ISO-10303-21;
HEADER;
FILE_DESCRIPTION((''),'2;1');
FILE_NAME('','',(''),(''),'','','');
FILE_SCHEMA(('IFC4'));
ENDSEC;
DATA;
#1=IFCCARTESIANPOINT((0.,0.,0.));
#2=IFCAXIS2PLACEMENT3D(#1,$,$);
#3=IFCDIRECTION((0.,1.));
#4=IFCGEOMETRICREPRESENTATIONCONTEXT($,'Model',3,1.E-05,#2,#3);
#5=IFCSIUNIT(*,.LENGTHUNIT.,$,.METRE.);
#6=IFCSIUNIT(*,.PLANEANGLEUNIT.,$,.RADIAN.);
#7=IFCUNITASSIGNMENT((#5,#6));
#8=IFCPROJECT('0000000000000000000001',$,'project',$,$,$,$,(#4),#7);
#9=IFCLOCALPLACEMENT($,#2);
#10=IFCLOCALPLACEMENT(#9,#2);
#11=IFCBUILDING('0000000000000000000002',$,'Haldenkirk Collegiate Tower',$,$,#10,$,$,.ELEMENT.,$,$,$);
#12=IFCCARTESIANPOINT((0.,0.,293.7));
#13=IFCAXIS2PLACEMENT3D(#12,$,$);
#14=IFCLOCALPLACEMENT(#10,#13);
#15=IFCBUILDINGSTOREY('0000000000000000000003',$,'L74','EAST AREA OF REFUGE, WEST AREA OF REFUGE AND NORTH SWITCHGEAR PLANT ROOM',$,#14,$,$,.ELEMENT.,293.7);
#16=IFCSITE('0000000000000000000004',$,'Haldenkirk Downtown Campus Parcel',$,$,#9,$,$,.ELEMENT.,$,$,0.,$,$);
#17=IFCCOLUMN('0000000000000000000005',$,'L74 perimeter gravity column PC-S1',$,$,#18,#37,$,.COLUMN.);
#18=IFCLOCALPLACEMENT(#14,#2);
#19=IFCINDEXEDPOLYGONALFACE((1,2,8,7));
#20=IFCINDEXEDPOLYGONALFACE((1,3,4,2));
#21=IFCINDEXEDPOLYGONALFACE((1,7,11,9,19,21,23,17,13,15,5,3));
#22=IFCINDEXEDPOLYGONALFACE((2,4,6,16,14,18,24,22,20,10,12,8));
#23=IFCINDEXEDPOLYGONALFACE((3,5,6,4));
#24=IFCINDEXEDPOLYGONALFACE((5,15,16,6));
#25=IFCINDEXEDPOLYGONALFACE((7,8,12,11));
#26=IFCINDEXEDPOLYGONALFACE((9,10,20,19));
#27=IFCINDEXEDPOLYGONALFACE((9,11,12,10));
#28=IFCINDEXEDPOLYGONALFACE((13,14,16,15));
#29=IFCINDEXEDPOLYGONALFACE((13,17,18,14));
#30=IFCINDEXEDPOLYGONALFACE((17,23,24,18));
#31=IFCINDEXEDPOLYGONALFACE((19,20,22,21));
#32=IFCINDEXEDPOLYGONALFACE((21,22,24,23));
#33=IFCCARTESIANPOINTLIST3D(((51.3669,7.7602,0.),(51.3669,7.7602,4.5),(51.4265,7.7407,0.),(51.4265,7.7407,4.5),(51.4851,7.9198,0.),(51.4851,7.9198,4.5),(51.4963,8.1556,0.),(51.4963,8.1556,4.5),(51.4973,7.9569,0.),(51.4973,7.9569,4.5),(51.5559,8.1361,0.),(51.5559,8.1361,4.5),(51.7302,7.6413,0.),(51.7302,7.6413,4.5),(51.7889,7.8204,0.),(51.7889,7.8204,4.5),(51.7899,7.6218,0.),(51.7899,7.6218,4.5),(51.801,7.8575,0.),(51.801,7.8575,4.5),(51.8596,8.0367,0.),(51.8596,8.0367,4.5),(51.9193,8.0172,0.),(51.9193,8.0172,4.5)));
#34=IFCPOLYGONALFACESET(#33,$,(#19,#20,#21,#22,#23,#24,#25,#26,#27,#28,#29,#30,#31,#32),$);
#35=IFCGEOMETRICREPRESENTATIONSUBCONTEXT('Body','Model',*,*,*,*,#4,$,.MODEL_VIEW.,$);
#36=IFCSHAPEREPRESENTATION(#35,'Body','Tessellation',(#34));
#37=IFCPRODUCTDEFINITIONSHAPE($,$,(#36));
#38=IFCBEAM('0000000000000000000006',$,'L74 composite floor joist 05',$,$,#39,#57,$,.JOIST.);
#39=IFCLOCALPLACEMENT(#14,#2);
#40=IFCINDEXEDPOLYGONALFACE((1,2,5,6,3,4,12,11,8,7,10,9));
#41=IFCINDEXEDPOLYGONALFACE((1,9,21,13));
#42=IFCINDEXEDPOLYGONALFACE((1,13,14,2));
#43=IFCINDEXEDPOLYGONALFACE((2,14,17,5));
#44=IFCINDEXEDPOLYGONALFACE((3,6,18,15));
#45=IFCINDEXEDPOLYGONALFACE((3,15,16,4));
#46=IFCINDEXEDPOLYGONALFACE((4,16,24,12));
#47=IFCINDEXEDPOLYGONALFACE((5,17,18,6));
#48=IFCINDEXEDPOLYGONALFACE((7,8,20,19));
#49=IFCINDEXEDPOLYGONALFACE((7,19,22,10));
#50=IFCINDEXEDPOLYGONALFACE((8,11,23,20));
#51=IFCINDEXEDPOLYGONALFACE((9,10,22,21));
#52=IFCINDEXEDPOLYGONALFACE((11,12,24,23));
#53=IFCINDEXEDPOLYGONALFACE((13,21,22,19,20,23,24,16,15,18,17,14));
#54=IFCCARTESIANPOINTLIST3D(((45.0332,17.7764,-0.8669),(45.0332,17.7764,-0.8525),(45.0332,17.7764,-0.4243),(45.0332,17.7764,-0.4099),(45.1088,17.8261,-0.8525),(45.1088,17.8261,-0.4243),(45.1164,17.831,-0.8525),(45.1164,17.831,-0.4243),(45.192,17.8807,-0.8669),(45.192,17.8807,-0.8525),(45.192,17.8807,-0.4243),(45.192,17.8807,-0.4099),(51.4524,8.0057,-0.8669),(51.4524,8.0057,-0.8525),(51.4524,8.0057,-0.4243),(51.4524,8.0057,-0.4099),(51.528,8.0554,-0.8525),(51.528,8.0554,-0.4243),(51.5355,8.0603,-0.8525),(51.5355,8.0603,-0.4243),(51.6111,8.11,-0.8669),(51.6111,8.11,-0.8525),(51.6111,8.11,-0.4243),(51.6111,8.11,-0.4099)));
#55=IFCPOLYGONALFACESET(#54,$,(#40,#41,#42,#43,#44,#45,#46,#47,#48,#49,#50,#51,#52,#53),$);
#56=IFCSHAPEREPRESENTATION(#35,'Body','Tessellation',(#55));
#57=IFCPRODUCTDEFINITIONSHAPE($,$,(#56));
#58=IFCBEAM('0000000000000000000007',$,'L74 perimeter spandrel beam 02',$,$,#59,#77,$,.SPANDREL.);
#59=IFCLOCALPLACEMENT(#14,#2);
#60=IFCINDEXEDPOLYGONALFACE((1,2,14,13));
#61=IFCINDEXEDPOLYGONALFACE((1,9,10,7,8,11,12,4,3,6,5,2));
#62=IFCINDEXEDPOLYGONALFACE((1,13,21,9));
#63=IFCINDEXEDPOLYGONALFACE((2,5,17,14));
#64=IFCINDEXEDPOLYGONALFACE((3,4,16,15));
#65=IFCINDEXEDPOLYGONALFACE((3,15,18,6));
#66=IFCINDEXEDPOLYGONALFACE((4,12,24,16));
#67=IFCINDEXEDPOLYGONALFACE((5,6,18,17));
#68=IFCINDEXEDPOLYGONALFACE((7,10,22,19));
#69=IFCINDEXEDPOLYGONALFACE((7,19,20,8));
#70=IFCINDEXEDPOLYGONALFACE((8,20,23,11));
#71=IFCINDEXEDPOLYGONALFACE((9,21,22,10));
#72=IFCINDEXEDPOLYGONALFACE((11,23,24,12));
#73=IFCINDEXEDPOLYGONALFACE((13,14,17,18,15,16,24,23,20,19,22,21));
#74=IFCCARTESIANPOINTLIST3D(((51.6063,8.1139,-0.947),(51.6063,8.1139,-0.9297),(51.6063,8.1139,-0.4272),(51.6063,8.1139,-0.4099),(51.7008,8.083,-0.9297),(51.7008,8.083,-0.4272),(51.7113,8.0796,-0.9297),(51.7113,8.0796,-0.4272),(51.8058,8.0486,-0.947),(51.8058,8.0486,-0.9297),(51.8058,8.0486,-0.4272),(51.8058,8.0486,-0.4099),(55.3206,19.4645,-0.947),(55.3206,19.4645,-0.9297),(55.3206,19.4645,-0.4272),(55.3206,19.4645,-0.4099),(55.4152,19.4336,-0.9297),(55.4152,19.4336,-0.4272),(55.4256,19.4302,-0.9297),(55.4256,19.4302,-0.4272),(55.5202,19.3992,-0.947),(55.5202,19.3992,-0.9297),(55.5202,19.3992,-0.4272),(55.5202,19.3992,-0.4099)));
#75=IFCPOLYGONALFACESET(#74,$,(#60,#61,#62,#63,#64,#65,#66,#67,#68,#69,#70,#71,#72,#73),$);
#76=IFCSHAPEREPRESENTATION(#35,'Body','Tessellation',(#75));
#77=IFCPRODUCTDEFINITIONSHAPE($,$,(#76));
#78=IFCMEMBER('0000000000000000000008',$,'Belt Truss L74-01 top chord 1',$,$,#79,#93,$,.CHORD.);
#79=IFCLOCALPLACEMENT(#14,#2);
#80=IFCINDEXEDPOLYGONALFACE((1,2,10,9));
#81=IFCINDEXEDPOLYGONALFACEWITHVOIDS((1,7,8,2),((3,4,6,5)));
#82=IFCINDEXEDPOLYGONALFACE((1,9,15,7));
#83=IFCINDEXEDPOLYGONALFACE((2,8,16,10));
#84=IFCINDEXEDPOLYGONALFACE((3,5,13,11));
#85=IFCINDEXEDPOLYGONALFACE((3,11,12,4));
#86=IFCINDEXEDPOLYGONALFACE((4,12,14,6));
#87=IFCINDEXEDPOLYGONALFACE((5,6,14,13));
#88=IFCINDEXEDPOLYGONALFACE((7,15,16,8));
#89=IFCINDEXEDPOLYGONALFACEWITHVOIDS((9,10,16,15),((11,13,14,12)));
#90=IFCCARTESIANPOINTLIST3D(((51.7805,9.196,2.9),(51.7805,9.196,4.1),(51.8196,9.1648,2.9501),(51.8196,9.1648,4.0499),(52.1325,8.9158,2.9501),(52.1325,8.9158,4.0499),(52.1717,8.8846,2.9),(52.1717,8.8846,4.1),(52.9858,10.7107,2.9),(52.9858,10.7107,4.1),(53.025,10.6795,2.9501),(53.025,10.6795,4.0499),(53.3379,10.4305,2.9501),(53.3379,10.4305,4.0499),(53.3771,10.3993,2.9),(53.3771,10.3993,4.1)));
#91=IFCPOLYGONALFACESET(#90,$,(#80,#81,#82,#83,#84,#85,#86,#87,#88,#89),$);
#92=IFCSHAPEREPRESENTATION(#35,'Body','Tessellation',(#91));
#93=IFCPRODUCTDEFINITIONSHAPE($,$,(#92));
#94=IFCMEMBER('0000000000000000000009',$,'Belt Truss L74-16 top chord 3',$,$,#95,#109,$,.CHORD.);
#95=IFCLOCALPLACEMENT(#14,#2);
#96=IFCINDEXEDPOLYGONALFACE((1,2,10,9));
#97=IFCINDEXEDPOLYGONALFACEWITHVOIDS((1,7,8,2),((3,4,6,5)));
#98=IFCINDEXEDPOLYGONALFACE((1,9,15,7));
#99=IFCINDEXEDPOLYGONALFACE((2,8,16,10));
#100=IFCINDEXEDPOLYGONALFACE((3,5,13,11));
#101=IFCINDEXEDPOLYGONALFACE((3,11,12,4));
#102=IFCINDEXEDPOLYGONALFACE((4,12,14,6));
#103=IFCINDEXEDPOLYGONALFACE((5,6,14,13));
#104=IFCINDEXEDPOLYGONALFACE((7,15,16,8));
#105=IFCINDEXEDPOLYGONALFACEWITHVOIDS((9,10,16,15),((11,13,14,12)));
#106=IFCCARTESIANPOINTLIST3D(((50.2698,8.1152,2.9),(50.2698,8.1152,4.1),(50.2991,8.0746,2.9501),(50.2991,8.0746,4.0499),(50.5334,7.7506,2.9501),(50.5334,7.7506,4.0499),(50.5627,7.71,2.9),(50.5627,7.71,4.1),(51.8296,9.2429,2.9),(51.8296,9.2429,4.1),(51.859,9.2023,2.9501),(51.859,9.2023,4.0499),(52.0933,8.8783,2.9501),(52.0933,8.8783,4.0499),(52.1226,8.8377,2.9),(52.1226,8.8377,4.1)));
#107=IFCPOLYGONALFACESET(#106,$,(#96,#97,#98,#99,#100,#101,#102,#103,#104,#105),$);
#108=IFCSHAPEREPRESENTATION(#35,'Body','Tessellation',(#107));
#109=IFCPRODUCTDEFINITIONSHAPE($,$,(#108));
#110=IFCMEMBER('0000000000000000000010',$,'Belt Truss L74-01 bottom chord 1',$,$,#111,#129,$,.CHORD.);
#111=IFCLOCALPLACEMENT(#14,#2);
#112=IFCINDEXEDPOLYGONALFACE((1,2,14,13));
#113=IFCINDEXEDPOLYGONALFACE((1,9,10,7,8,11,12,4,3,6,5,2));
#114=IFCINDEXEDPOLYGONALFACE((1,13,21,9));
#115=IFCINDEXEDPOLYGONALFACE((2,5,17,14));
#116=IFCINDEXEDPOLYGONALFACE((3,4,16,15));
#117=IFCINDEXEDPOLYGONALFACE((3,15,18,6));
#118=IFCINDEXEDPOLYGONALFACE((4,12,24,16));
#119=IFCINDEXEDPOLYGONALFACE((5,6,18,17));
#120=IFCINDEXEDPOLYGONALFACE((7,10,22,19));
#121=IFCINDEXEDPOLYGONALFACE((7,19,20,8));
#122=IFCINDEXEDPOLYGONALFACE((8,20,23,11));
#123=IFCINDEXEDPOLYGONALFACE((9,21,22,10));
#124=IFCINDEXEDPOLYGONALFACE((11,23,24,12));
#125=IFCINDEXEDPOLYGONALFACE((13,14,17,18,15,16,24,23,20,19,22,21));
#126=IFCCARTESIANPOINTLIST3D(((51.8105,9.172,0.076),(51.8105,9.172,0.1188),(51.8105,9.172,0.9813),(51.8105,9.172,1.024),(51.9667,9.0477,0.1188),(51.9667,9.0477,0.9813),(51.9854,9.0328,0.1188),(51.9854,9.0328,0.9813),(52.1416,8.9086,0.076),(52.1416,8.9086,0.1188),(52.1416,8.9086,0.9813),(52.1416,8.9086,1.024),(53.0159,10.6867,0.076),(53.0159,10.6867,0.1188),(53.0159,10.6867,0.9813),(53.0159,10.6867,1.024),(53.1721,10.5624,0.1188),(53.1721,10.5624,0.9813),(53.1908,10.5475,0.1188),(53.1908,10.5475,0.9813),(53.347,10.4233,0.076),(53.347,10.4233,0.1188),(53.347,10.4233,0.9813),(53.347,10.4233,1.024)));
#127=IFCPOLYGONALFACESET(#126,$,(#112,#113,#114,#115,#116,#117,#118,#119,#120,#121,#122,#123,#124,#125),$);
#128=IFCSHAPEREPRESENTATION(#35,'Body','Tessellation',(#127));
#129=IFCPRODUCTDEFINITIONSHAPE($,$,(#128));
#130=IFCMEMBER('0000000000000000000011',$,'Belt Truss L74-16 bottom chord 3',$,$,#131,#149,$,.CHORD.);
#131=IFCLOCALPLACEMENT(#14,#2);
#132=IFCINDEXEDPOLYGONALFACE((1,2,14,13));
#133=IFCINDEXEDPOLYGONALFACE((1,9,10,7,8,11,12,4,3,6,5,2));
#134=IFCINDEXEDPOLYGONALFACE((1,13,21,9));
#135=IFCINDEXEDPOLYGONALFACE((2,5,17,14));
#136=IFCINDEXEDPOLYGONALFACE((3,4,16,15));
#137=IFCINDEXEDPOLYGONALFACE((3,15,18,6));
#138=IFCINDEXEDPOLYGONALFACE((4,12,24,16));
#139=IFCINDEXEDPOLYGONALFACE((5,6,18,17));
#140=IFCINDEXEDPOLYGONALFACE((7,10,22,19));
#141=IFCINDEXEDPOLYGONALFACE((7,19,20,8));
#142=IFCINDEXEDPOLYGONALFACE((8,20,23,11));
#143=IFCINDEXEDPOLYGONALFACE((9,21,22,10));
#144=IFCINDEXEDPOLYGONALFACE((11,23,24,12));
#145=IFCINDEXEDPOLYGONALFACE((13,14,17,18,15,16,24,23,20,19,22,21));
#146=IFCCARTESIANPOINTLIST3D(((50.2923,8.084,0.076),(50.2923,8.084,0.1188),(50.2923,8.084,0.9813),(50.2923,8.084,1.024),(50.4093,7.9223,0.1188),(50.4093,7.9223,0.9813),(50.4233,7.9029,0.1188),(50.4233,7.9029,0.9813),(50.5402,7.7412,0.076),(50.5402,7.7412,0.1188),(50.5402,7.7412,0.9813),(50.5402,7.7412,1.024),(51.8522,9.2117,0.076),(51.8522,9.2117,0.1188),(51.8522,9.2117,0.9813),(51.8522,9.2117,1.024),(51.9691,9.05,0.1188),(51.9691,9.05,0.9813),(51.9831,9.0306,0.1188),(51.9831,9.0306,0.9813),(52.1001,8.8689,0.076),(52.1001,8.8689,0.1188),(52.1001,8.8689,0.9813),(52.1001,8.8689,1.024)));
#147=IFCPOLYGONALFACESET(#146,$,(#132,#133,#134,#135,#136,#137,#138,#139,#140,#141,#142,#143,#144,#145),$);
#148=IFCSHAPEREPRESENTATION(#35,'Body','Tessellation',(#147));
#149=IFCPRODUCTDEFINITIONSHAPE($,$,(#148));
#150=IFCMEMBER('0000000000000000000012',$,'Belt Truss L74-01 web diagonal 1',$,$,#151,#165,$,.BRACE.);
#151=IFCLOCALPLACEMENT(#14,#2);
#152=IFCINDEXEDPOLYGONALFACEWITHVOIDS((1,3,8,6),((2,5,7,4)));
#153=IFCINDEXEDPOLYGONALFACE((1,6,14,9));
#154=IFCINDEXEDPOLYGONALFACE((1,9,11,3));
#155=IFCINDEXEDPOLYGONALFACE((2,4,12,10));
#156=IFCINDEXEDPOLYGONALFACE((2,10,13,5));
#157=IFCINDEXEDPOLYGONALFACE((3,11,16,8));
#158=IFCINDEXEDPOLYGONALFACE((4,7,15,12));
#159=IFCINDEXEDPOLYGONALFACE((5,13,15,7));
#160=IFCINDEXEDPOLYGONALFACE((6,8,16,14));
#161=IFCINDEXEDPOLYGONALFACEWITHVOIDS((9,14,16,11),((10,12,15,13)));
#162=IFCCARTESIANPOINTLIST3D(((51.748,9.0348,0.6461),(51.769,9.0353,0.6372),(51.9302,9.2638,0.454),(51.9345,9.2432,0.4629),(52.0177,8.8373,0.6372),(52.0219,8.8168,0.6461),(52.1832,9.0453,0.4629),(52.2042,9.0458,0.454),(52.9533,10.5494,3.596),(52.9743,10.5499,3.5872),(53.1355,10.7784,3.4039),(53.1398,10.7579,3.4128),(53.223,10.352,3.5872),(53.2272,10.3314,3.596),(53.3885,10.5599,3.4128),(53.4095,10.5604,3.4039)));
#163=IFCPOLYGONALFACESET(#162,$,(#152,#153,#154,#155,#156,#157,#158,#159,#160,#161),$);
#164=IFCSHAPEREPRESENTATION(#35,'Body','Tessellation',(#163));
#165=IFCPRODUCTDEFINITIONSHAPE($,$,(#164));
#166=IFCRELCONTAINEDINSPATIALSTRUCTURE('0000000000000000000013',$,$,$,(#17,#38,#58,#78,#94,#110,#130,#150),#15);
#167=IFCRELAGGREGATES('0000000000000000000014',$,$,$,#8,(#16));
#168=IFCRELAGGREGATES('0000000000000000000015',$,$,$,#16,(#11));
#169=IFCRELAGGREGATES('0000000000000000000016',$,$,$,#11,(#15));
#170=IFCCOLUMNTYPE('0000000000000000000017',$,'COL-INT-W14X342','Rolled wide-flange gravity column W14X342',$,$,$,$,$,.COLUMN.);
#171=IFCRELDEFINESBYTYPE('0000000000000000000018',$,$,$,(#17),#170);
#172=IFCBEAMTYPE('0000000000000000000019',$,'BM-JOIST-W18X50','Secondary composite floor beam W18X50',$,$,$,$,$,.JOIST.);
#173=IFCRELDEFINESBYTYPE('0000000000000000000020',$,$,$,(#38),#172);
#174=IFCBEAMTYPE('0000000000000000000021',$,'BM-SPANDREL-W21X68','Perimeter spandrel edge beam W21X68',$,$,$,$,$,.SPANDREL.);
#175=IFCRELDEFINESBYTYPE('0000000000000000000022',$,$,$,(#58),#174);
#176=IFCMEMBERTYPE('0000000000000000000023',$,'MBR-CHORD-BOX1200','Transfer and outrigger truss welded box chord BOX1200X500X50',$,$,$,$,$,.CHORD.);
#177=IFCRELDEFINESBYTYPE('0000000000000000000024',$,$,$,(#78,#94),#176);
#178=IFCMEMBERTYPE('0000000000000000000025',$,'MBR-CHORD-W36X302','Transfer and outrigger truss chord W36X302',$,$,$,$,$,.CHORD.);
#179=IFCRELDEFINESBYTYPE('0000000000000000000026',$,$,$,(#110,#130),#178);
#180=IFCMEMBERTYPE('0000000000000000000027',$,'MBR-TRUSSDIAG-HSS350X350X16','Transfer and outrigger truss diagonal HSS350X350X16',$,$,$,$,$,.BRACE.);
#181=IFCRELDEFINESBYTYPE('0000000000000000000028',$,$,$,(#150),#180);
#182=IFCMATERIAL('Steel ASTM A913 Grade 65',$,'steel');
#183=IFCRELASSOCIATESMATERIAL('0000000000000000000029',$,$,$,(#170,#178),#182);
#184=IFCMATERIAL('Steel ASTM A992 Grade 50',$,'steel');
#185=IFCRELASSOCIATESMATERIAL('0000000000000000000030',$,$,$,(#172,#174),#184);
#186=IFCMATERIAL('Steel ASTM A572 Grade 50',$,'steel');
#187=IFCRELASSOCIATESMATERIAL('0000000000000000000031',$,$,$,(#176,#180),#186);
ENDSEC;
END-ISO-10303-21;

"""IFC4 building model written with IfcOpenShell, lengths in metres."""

from ifc_helpers import new_model, si_unit, direction, frame, origin, origin_2d, place, context, subcontext, project, spatial, hollow_rectangle, i_section, extrude, material, material_profile, profile_set, type_object, element, save


model = new_model("IFC4")

# Units and contexts
model_context = context("Model", 3, precision=1e-05, world=origin(), true_north=direction((0.0, 1.0)))
body_context = subcontext(model_context, "Body", "Model", "MODEL_VIEW")
ifc_project = project(units=[si_unit("LENGTHUNIT", "METRE"), si_unit("PLANEANGLEUNIT", "RADIAN")], contexts=[model_context])

# Site, building, storey
site_placement = place(None, origin())
site = spatial("IfcSite", under=ifc_project, at=site_placement, Name="Haldenkirk Downtown Campus Parcel", CompositionType="ELEMENT", RefElevation=0.0)
building_placement = place(site_placement, origin())
building = spatial("IfcBuilding", under=site, at=building_placement, Name="Haldenkirk Collegiate Tower", CompositionType="ELEMENT")
storey_placement = place(building_placement, frame((0.0, 0.0, 293.7)))
storey = spatial("IfcBuildingStorey", under=building, at=storey_placement, Name="L74", Description="EAST AREA OF REFUGE, WEST AREA OF REFUGE AND NORTH SWITCHGEAR PLANT ROOM", CompositionType="ELEMENT", Elevation=293.7)

# Column
ifc_material_1 = material(Name="Steel ASTM A913 Grade 65", Category="steel")
ifc_material_profile_1 = material_profile(ifc_material_1, i_section(OverallWidth=0.416, OverallDepth=0.4451, WebThickness=0.0391, FlangeThickness=0.0627, at=origin_2d()), Name="W14X342")
ifc_profile_set_1 = profile_set([ifc_material_profile_1], Name="Steel ASTM A913 Grade 65")
column_type = type_object("IfcColumnType", Name="COL-INT-W14X342", Description="Rolled wide-flange gravity column W14X342", PredefinedType="COLUMN", material=ifc_profile_set_1)
column_placement = place(storey_placement, frame((51.6431, 7.8887, 0.0), z_axis=(0.0, 0.0, 1.0), x_axis=(0.311008, 0.950407, 0.0)))
element("IfcColumn", 1, at=column_placement, inside=storey, type_object=column_type, Name="L74 perimeter gravity column PC-S1", PredefinedType="COLUMN", context=body_context, shape_type="SweptSolid", body=[
    extrude(i_section(OverallWidth=0.416, OverallDepth=0.4451, WebThickness=0.0391, FlangeThickness=0.0627, at=origin_2d()), origin(), (0.0, 0.0, 1.0), 4.5),
])

# Beams
ifc_material_2 = material(Name="Steel ASTM A992 Grade 50", Category="steel")
ifc_material_profile_2 = material_profile(ifc_material_2, i_section(OverallWidth=0.1899, OverallDepth=0.457, WebThickness=0.009, FlangeThickness=0.0144, at=origin_2d()), Name="W18X50")
ifc_profile_set_2 = profile_set([ifc_material_profile_2], Name="Steel ASTM A992 Grade 50")
beam_type_1 = type_object("IfcBeamType", Name="BM-JOIST-W18X50", Description="Secondary composite floor beam W18X50", PredefinedType="JOIST", material=ifc_profile_set_2)
beam_1_placement = place(storey_placement, frame((51.5317, 8.0579, -0.6384), z_axis=(-0.549083, 0.835768, 0.0), x_axis=(-0.835768, -0.549083, 0.0)))
element("IfcBeam", 2, at=beam_1_placement, inside=storey, type_object=beam_type_1, Name="L74 composite floor joist 05", PredefinedType="JOIST", context=body_context, shape_type="SweptSolid", body=[
    extrude(i_section(OverallWidth=0.1899, OverallDepth=0.457, WebThickness=0.009, FlangeThickness=0.0144, at=origin_2d()), origin(), (0.0, 0.0, 1.0), 11.6907),
])
ifc_material_profile_3 = material_profile(ifc_material_2, i_section(OverallWidth=0.21, OverallDepth=0.5371, WebThickness=0.011, FlangeThickness=0.0173, at=origin_2d()), Name="W21X68")
ifc_profile_set_3 = profile_set([ifc_material_profile_3], Name="Steel ASTM A992 Grade 50")
beam_type_2 = type_object("IfcBeamType", Name="BM-SPANDREL-W21X68", Description="Perimeter spandrel edge beam W21X68", PredefinedType="SPANDREL", material=ifc_profile_set_3)
beam_2_placement = place(storey_placement, frame((51.7061, 8.0813, -0.6785), z_axis=(0.31101, 0.950407, 0.0), x_axis=(-0.950407, 0.31101, 0.0)))
element("IfcBeam", 3, at=beam_2_placement, inside=storey, type_object=beam_type_2, Name="L74 perimeter spandrel beam 02", PredefinedType="SPANDREL", context=body_context, shape_type="SweptSolid", body=[
    extrude(i_section(OverallWidth=0.21, OverallDepth=0.5371, WebThickness=0.011, FlangeThickness=0.0173, at=origin_2d()), origin(), (0.0, 0.0, 1.0), 11.9429),
])

# Members
ifc_material_3 = material(Name="Steel ASTM A572 Grade 50", Category="steel")
ifc_material_profile_4 = material_profile(ifc_material_3, hollow_rectangle(XDim=0.5, YDim=1.2, WallThickness=0.05, at=origin_2d()), Name="BOX1200X500X50")
ifc_profile_set_4 = profile_set([ifc_material_profile_4], Name="Steel ASTM A572 Grade 50")
member_type_1 = type_object("IfcMemberType", Name="MBR-CHORD-BOX1200", Description="Transfer and outrigger truss welded box chord BOX1200X500X50", PredefinedType="CHORD", material=ifc_profile_set_4)
member_1_placement = place(storey_placement, frame((51.9761, 9.0403, 3.5), z_axis=(0.622678, 0.782478, 0.0), x_axis=(-0.782478, 0.622678, 0.0)))
element("IfcMember", 4, at=member_1_placement, inside=storey, type_object=member_type_1, Name="Belt Truss L74-01 top chord 1", PredefinedType="CHORD", context=body_context, shape_type="SweptSolid", body=[
    extrude(hollow_rectangle(XDim=0.5, YDim=1.2, WallThickness=0.05, at=origin_2d()), origin(), (0.0, 0.0, 1.0), 1.9358),
])
member_2_placement = place(storey_placement, frame((50.4163, 7.9126, 3.5), z_axis=(0.810395, 0.585884, 0.0), x_axis=(-0.585884, 0.810395, 0.0)))
element("IfcMember", 5, at=member_2_placement, inside=storey, type_object=member_type_1, Name="Belt Truss L74-16 top chord 3", PredefinedType="CHORD", context=body_context, shape_type="SweptSolid", body=[
    extrude(hollow_rectangle(XDim=0.5, YDim=1.2, WallThickness=0.05, at=origin_2d()), origin(), (0.0, 0.0, 1.0), 1.9248),
])
ifc_material_profile_5 = material_profile(ifc_material_1, i_section(OverallWidth=0.4231, OverallDepth=0.948, WebThickness=0.0239, FlangeThickness=0.0427, at=origin_2d()), Name="W36X302")
ifc_profile_set_5 = profile_set([ifc_material_profile_5], Name="Steel ASTM A913 Grade 65")
member_type_2 = type_object("IfcMemberType", Name="MBR-CHORD-W36X302", Description="Transfer and outrigger truss chord W36X302", PredefinedType="CHORD", material=ifc_profile_set_5)
member_3_placement = place(storey_placement, frame((51.9761, 9.0403, 0.55), z_axis=(0.622678, 0.782478, 0.0), x_axis=(-0.782478, 0.622678, 0.0)))
element("IfcMember", 6, at=member_3_placement, inside=storey, type_object=member_type_2, Name="Belt Truss L74-01 bottom chord 1", PredefinedType="CHORD", context=body_context, shape_type="SweptSolid", body=[
    extrude(i_section(OverallWidth=0.4231, OverallDepth=0.948, WebThickness=0.0239, FlangeThickness=0.0427, at=origin_2d()), origin(), (0.0, 0.0, 1.0), 1.9358),
])
member_4_placement = place(storey_placement, frame((50.4163, 7.9126, 0.55), z_axis=(0.810395, 0.585884, 0.0), x_axis=(-0.585884, 0.810395, 0.0)))
element("IfcMember", 7, at=member_4_placement, inside=storey, type_object=member_type_2, Name="Belt Truss L74-16 bottom chord 3", PredefinedType="CHORD", context=body_context, shape_type="SweptSolid", body=[
    extrude(i_section(OverallWidth=0.4231, OverallDepth=0.948, WebThickness=0.0239, FlangeThickness=0.0427, at=origin_2d()), origin(), (0.0, 0.0, 1.0), 1.9248),
])
ifc_material_profile_6 = material_profile(ifc_material_3, hollow_rectangle(XDim=0.3501, YDim=0.3501, WallThickness=0.0161, at=origin_2d()), Name="HSS350X350X16")
ifc_profile_set_6 = profile_set([ifc_material_profile_6], Name="Steel ASTM A572 Grade 50")
member_type_3 = type_object("IfcMemberType", Name="MBR-TRUSSDIAG-HSS350X350X16", Description="Transfer and outrigger truss diagonal HSS350X350X16", PredefinedType="BRACE", material=ifc_profile_set_6)
member_5_placement = place(storey_placement, frame((51.9761, 9.0403, 0.55), z_axis=(0.341612, 0.429281, 0.836074), x_axis=(-0.782478, 0.622678, 0.0)))
element("IfcMember", 8, at=member_5_placement, inside=storey, type_object=member_type_3, Name="Belt Truss L74-01 web diagonal 1", PredefinedType="BRACE", context=body_context, shape_type="SweptSolid", body=[
    extrude(hollow_rectangle(XDim=0.3501, YDim=0.3501, WallThickness=0.0161, at=origin_2d()), origin(), (0.0, 0.0, 1.0), 3.5283),
])

save(model, "model.ifc")
